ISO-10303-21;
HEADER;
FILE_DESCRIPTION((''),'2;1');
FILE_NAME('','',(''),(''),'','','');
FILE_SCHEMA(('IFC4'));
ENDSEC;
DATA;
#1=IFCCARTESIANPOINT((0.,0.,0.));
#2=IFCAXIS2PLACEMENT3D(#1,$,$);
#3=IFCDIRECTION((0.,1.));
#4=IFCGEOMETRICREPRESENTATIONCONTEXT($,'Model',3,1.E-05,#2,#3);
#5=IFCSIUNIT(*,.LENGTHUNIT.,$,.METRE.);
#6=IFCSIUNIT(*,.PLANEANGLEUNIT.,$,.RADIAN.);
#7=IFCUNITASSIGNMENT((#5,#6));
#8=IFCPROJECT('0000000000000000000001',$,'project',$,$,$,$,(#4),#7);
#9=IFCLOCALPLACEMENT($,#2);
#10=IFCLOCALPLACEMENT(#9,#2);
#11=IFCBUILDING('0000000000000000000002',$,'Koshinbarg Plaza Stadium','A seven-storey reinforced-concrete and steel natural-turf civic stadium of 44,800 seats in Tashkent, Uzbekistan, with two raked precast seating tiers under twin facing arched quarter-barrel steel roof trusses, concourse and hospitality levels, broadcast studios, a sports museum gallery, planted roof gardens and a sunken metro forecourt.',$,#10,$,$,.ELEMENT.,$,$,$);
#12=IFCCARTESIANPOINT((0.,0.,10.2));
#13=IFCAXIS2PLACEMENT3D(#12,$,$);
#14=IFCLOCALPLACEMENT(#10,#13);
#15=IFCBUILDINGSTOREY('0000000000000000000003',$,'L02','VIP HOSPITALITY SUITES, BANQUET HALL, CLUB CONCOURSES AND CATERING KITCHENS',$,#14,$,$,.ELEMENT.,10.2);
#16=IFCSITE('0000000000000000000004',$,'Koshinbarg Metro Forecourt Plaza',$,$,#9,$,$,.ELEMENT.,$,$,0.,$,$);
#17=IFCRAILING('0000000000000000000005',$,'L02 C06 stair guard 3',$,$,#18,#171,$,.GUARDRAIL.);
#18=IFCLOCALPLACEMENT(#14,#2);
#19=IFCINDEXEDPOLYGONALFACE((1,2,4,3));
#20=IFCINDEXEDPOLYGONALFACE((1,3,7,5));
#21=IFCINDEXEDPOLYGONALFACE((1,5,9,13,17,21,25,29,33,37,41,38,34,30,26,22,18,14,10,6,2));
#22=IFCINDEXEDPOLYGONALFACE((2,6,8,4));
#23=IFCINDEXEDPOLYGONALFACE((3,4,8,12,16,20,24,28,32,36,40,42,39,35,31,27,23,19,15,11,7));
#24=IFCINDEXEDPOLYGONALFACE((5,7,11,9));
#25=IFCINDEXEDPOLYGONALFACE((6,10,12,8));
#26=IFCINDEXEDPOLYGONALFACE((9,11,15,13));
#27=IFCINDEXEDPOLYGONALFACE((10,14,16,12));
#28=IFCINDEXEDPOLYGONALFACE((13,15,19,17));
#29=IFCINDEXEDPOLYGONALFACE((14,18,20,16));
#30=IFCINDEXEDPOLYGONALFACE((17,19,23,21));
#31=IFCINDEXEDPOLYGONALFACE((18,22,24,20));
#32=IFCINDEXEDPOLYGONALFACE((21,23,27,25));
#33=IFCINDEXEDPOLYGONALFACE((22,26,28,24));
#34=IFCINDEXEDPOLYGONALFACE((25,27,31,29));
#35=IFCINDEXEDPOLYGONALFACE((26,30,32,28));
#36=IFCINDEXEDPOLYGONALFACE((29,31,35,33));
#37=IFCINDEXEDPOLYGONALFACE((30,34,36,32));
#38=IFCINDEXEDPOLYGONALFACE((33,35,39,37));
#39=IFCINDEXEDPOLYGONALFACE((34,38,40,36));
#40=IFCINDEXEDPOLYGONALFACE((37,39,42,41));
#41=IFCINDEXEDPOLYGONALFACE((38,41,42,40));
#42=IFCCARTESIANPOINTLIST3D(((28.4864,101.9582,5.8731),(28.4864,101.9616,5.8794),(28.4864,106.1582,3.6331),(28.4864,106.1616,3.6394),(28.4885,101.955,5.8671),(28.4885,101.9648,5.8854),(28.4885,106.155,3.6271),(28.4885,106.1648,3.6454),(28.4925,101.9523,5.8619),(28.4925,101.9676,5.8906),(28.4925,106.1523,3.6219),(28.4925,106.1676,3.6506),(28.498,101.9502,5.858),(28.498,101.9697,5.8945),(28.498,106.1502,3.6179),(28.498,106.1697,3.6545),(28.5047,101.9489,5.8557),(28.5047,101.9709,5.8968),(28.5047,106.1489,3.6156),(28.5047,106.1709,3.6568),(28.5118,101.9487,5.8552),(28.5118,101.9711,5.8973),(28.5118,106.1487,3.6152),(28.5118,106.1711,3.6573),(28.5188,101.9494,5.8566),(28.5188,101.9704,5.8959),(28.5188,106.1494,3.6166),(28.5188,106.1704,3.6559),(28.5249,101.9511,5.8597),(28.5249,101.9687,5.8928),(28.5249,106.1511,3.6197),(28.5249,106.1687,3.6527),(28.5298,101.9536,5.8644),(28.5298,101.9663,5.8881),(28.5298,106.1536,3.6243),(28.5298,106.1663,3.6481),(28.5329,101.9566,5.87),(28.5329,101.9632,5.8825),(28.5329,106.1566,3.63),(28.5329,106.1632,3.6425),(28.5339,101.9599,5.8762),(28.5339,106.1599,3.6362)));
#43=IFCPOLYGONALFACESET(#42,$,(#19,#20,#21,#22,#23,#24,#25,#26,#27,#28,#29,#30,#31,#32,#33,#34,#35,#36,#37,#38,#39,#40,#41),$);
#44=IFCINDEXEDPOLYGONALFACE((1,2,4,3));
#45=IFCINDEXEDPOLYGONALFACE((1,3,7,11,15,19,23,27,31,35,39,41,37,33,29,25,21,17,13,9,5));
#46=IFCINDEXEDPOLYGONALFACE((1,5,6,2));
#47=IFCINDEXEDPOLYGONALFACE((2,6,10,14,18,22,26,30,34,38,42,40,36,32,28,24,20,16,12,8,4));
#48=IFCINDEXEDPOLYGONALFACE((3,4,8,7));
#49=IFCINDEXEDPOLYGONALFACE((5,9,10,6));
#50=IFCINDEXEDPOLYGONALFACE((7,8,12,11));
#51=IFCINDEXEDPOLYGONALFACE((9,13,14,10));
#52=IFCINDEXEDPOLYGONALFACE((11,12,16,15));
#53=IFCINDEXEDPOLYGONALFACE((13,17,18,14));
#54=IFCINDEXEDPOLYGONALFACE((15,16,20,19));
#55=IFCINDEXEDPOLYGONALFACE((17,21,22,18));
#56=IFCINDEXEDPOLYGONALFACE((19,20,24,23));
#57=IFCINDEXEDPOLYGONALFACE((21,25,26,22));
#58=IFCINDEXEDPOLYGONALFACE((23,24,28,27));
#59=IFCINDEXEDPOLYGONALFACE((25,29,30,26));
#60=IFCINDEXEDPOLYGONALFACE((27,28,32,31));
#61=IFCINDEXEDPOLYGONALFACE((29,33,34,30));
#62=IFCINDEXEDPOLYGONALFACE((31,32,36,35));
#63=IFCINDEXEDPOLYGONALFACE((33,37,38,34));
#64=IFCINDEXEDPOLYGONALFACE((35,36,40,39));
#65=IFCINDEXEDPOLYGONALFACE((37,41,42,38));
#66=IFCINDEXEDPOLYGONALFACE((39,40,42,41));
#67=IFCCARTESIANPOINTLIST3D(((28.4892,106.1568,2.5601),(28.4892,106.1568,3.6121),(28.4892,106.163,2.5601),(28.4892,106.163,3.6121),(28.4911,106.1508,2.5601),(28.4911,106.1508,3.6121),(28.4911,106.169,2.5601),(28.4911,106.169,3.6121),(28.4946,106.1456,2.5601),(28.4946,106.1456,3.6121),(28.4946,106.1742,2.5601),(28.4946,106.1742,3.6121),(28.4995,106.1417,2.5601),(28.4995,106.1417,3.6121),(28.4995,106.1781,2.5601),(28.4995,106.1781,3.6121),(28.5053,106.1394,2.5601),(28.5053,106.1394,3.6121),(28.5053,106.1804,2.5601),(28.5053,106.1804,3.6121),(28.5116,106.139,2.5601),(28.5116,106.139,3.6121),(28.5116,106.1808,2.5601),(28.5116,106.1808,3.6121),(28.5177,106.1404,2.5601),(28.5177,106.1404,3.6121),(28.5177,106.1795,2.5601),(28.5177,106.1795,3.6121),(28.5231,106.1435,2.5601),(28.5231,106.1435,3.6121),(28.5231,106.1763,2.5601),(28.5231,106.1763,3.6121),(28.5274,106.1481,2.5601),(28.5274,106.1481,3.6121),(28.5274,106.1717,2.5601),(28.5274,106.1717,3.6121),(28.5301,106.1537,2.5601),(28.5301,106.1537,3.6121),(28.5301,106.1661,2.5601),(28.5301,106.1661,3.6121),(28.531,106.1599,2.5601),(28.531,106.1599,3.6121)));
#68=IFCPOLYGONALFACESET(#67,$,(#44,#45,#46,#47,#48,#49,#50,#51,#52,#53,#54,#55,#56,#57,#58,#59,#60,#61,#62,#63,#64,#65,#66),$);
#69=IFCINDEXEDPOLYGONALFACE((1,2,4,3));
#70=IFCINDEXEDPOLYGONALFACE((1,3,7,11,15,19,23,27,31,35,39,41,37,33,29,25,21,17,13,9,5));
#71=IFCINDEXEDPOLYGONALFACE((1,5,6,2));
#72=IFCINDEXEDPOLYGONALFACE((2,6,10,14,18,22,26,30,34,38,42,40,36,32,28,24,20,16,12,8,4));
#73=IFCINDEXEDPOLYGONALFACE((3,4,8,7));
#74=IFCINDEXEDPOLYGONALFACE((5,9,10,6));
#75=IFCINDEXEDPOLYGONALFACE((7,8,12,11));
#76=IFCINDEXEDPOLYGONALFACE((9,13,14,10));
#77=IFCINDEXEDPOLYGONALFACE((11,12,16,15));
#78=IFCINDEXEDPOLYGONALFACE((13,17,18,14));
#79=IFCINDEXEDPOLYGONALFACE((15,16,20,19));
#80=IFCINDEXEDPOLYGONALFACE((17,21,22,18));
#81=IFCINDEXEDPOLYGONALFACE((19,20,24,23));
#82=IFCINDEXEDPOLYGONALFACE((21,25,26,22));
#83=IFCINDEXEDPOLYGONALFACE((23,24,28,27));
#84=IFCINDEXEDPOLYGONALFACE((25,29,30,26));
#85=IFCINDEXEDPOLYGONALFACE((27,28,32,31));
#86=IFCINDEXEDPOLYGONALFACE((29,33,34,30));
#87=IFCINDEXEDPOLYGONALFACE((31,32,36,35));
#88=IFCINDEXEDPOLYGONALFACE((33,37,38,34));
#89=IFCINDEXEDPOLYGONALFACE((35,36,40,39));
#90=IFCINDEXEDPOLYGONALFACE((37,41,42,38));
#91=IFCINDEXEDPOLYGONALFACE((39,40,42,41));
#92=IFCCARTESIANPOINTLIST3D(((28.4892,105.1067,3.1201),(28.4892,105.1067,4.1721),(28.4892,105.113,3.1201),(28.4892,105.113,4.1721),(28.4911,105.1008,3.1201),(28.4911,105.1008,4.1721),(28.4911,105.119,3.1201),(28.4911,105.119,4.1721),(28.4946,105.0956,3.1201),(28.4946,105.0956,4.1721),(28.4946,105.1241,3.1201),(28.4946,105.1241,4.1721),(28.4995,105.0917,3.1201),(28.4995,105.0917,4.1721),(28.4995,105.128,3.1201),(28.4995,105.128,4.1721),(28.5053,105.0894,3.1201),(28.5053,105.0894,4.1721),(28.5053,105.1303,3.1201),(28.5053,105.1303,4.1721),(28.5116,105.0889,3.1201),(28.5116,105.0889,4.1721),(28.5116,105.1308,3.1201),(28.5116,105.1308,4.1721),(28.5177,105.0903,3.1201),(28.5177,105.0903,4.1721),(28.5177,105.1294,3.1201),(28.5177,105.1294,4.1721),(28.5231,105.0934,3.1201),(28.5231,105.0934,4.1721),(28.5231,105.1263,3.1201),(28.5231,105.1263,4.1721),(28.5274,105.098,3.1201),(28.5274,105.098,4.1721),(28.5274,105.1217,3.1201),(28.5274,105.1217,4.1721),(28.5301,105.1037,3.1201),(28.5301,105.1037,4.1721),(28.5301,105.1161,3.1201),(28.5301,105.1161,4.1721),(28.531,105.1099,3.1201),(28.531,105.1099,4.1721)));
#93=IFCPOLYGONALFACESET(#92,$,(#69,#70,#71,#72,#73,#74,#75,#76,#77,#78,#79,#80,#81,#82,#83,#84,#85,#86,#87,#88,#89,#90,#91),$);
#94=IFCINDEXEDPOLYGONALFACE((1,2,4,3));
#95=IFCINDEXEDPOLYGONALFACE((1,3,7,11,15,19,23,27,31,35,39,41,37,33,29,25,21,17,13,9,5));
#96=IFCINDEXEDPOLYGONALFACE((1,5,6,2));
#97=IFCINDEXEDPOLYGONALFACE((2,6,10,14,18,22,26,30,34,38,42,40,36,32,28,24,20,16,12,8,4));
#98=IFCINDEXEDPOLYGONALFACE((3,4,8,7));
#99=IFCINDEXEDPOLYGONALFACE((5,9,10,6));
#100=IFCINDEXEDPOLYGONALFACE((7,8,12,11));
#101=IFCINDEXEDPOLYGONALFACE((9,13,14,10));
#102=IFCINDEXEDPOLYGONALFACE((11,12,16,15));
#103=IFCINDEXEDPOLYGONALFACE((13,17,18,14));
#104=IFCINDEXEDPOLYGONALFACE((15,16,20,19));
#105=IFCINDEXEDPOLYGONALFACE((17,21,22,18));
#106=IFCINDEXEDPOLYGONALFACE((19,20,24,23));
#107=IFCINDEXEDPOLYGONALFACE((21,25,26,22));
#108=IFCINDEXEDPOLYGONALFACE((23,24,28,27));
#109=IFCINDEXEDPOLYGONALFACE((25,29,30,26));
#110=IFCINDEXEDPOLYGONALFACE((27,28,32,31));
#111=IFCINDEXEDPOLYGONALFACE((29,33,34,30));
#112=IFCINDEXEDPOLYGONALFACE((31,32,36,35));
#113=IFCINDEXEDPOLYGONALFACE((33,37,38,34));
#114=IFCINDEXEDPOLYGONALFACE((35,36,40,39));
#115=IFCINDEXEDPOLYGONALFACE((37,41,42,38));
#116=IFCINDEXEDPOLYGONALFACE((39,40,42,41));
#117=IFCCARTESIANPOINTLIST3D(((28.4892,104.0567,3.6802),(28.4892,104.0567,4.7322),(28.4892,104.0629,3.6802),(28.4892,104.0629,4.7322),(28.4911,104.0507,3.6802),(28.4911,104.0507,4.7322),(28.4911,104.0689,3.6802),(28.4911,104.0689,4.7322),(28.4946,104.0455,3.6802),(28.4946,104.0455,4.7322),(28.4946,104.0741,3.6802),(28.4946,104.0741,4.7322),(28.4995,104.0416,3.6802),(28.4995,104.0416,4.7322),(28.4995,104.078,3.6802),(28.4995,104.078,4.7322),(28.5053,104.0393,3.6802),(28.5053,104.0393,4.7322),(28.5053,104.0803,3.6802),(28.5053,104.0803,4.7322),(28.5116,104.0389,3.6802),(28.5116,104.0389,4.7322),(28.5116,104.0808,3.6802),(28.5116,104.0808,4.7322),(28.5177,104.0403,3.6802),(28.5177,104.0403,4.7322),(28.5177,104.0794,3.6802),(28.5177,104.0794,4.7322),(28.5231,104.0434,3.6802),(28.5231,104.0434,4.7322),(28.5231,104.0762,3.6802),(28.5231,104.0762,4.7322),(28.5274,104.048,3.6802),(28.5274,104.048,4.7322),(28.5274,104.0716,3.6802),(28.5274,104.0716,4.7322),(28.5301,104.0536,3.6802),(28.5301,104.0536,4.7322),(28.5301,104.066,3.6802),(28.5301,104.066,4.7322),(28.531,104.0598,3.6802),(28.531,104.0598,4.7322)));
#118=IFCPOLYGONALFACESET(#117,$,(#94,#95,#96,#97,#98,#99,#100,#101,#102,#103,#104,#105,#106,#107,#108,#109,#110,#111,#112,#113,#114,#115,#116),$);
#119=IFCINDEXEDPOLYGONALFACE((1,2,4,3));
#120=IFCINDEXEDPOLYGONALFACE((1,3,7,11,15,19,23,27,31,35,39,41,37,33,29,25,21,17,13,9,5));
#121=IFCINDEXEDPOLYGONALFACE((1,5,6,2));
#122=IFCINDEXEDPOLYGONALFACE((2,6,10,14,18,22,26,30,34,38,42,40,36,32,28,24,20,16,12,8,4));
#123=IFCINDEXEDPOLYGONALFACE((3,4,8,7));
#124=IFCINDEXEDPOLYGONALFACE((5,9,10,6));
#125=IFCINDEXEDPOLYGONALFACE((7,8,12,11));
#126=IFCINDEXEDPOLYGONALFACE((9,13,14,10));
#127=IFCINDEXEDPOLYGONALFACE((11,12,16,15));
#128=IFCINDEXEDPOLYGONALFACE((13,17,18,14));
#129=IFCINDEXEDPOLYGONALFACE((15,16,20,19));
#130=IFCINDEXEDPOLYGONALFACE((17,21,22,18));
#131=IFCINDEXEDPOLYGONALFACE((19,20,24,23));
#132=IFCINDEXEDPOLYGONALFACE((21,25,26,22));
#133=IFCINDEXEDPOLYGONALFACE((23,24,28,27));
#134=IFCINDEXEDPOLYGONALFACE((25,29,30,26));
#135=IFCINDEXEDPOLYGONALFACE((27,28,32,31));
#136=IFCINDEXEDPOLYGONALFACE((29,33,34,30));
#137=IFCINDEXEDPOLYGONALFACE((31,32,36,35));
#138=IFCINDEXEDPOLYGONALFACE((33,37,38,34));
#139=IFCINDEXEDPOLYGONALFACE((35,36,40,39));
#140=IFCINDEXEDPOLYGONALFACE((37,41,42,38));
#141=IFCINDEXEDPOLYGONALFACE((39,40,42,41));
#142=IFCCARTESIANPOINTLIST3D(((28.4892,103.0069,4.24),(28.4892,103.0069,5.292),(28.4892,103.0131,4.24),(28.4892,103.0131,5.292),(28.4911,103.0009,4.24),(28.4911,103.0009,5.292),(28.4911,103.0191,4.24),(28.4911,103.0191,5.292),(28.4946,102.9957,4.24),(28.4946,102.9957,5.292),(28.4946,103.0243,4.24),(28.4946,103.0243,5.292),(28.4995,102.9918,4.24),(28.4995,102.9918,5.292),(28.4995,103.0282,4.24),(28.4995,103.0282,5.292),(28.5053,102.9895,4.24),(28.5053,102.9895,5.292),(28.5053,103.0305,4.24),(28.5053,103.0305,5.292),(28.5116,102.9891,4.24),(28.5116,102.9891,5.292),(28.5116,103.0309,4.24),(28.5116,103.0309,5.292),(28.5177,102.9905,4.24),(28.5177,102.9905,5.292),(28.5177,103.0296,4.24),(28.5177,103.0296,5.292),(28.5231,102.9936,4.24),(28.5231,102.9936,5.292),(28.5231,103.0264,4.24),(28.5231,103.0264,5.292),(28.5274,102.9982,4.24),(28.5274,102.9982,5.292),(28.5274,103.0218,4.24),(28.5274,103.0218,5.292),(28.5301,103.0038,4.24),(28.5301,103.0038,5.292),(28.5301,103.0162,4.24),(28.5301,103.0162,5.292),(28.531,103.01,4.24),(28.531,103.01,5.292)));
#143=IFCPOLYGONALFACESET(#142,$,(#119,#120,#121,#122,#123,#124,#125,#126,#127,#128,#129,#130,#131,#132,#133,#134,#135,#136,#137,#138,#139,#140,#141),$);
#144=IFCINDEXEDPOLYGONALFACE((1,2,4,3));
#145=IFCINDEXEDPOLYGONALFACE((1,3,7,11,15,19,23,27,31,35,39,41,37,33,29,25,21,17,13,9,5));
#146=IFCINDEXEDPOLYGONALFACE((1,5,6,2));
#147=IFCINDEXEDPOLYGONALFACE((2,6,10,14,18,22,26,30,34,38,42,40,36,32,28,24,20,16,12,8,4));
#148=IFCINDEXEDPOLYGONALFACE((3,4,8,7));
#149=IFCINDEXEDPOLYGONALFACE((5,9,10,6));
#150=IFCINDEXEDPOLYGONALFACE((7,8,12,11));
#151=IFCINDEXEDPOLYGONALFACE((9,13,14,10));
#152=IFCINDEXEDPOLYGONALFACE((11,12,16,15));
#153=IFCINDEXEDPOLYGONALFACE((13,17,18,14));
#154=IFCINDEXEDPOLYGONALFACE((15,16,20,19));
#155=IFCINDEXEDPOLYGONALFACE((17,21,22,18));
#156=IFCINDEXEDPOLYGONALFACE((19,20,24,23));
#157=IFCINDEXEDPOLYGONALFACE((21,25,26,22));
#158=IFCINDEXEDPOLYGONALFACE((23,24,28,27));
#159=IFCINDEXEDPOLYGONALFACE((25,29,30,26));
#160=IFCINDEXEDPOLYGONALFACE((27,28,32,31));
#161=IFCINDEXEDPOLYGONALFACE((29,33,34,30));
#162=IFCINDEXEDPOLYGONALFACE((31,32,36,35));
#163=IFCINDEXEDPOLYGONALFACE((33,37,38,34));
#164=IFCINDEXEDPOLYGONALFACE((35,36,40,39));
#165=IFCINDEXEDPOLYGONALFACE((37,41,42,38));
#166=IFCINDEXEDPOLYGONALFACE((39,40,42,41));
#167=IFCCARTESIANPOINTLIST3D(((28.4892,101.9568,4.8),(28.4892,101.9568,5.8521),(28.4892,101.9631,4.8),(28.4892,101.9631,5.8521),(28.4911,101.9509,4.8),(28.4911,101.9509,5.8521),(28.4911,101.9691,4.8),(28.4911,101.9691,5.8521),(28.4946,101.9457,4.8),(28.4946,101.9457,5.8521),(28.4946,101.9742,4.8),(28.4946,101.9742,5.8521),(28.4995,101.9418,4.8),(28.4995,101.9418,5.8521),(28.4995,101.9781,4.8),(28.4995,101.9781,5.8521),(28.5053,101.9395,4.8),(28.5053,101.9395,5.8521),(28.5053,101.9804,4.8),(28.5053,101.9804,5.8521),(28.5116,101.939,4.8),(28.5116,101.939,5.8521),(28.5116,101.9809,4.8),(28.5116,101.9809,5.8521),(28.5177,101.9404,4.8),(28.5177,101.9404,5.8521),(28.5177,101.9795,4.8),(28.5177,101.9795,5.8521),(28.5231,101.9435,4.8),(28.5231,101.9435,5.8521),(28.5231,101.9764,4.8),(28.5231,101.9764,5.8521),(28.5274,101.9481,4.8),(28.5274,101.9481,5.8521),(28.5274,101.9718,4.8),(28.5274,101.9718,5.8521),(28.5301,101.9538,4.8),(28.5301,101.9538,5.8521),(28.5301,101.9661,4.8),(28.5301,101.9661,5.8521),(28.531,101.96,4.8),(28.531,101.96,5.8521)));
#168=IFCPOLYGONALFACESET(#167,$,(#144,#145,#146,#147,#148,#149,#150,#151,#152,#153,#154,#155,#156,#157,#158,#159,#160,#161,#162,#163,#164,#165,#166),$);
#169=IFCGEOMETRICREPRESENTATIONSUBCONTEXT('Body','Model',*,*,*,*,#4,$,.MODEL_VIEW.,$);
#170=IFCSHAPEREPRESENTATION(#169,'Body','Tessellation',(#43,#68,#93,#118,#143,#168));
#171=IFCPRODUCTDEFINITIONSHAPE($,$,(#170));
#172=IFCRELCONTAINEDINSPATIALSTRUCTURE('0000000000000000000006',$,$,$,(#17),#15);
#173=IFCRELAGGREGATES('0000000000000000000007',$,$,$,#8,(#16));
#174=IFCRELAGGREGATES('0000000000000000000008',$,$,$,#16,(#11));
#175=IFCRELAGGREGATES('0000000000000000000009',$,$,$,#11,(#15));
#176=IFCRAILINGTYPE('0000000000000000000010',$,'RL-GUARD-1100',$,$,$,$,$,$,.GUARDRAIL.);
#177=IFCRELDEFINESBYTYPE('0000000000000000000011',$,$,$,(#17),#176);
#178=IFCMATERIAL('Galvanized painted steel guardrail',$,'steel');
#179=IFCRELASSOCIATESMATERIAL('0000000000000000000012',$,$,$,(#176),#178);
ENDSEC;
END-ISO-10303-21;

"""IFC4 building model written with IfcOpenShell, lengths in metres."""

from ifc_helpers import new_model, si_unit, direction, frame, origin, origin_2d, place, context, subcontext, project, spatial, circle, extrude, material, type_object, element, save


model = new_model("IFC4")

# Units and contexts
model_context = context("Model", 3, precision=1e-05, world=origin(), true_north=direction((0.0, 1.0)))
body_context = subcontext(model_context, "Body", "Model", "MODEL_VIEW")
ifc_project = project(units=[si_unit("LENGTHUNIT", "METRE"), si_unit("PLANEANGLEUNIT", "RADIAN")], contexts=[model_context])

# Site, building, storey
site_placement = place(None, origin())
site = spatial("IfcSite", under=ifc_project, at=site_placement, Name="Koshinbarg Metro Forecourt Plaza", CompositionType="ELEMENT", RefElevation=0.0)
building_placement = place(site_placement, origin())
building = spatial("IfcBuilding", under=site, at=building_placement, Name="Koshinbarg Plaza Stadium", Description="A seven-storey reinforced-concrete and steel natural-turf civic stadium of 44,800 seats in Tashkent, Uzbekistan, with two raked precast seating tiers under twin facing arched quarter-barrel steel roof trusses, concourse and hospitality levels, broadcast studios, a sports museum gallery, planted roof gardens and a sunken metro forecourt.", CompositionType="ELEMENT")
storey_placement = place(building_placement, frame((0.0, 0.0, 10.2)))
storey = spatial("IfcBuildingStorey", under=building, at=storey_placement, Name="L02", Description="VIP HOSPITALITY SUITES, BANQUET HALL, CLUB CONCOURSES AND CATERING KITCHENS", CompositionType="ELEMENT", Elevation=10.2)

# Railing
ifc_material_1 = material(Name="Galvanized painted steel guardrail", Category="steel")
railing_type_1 = type_object("IfcRailingType", Name="RL-GUARD-1100", PredefinedType="GUARDRAIL", material=ifc_material_1)
railing_1_placement = place(storey_placement, frame((28.51, 106.1599, 2.5601)))
element("IfcRailing", 1, at=railing_1_placement, inside=storey, type_object=railing_type_1, Name="L02 C06 stair guard 3", PredefinedType="GUARDRAIL", context=body_context, shape_type="SweptSolid", body=[
    extrude(circle(Radius=0.0239, at=origin_2d()), frame((0.0, 0.0, 1.0762), z_axis=(0.0, -0.882352, 0.470591), x_axis=(1.0, 0.0, 0.0)), (0.0, 0.0, 1.0), 4.76),
    extrude(circle(Radius=0.021, at=origin_2d()), origin(), (0.0, 0.0, 1.0), 1.052),
    extrude(circle(Radius=0.021, at=origin_2d()), frame((0.0, -1.05, 0.5601)), (0.0, 0.0, 1.0), 1.052),
    extrude(circle(Radius=0.021, at=origin_2d()), frame((0.0, -2.1001, 1.1201)), (0.0, 0.0, 1.0), 1.052),
    extrude(circle(Radius=0.021, at=origin_2d()), frame((0.0, -3.1499, 1.6799)), (0.0, 0.0, 1.0), 1.052),
    extrude(circle(Radius=0.021, at=origin_2d()), frame((0.0, -4.2, 2.24)), (0.0, 0.0, 1.0), 1.052),
])

save(model, "model.ifc")
